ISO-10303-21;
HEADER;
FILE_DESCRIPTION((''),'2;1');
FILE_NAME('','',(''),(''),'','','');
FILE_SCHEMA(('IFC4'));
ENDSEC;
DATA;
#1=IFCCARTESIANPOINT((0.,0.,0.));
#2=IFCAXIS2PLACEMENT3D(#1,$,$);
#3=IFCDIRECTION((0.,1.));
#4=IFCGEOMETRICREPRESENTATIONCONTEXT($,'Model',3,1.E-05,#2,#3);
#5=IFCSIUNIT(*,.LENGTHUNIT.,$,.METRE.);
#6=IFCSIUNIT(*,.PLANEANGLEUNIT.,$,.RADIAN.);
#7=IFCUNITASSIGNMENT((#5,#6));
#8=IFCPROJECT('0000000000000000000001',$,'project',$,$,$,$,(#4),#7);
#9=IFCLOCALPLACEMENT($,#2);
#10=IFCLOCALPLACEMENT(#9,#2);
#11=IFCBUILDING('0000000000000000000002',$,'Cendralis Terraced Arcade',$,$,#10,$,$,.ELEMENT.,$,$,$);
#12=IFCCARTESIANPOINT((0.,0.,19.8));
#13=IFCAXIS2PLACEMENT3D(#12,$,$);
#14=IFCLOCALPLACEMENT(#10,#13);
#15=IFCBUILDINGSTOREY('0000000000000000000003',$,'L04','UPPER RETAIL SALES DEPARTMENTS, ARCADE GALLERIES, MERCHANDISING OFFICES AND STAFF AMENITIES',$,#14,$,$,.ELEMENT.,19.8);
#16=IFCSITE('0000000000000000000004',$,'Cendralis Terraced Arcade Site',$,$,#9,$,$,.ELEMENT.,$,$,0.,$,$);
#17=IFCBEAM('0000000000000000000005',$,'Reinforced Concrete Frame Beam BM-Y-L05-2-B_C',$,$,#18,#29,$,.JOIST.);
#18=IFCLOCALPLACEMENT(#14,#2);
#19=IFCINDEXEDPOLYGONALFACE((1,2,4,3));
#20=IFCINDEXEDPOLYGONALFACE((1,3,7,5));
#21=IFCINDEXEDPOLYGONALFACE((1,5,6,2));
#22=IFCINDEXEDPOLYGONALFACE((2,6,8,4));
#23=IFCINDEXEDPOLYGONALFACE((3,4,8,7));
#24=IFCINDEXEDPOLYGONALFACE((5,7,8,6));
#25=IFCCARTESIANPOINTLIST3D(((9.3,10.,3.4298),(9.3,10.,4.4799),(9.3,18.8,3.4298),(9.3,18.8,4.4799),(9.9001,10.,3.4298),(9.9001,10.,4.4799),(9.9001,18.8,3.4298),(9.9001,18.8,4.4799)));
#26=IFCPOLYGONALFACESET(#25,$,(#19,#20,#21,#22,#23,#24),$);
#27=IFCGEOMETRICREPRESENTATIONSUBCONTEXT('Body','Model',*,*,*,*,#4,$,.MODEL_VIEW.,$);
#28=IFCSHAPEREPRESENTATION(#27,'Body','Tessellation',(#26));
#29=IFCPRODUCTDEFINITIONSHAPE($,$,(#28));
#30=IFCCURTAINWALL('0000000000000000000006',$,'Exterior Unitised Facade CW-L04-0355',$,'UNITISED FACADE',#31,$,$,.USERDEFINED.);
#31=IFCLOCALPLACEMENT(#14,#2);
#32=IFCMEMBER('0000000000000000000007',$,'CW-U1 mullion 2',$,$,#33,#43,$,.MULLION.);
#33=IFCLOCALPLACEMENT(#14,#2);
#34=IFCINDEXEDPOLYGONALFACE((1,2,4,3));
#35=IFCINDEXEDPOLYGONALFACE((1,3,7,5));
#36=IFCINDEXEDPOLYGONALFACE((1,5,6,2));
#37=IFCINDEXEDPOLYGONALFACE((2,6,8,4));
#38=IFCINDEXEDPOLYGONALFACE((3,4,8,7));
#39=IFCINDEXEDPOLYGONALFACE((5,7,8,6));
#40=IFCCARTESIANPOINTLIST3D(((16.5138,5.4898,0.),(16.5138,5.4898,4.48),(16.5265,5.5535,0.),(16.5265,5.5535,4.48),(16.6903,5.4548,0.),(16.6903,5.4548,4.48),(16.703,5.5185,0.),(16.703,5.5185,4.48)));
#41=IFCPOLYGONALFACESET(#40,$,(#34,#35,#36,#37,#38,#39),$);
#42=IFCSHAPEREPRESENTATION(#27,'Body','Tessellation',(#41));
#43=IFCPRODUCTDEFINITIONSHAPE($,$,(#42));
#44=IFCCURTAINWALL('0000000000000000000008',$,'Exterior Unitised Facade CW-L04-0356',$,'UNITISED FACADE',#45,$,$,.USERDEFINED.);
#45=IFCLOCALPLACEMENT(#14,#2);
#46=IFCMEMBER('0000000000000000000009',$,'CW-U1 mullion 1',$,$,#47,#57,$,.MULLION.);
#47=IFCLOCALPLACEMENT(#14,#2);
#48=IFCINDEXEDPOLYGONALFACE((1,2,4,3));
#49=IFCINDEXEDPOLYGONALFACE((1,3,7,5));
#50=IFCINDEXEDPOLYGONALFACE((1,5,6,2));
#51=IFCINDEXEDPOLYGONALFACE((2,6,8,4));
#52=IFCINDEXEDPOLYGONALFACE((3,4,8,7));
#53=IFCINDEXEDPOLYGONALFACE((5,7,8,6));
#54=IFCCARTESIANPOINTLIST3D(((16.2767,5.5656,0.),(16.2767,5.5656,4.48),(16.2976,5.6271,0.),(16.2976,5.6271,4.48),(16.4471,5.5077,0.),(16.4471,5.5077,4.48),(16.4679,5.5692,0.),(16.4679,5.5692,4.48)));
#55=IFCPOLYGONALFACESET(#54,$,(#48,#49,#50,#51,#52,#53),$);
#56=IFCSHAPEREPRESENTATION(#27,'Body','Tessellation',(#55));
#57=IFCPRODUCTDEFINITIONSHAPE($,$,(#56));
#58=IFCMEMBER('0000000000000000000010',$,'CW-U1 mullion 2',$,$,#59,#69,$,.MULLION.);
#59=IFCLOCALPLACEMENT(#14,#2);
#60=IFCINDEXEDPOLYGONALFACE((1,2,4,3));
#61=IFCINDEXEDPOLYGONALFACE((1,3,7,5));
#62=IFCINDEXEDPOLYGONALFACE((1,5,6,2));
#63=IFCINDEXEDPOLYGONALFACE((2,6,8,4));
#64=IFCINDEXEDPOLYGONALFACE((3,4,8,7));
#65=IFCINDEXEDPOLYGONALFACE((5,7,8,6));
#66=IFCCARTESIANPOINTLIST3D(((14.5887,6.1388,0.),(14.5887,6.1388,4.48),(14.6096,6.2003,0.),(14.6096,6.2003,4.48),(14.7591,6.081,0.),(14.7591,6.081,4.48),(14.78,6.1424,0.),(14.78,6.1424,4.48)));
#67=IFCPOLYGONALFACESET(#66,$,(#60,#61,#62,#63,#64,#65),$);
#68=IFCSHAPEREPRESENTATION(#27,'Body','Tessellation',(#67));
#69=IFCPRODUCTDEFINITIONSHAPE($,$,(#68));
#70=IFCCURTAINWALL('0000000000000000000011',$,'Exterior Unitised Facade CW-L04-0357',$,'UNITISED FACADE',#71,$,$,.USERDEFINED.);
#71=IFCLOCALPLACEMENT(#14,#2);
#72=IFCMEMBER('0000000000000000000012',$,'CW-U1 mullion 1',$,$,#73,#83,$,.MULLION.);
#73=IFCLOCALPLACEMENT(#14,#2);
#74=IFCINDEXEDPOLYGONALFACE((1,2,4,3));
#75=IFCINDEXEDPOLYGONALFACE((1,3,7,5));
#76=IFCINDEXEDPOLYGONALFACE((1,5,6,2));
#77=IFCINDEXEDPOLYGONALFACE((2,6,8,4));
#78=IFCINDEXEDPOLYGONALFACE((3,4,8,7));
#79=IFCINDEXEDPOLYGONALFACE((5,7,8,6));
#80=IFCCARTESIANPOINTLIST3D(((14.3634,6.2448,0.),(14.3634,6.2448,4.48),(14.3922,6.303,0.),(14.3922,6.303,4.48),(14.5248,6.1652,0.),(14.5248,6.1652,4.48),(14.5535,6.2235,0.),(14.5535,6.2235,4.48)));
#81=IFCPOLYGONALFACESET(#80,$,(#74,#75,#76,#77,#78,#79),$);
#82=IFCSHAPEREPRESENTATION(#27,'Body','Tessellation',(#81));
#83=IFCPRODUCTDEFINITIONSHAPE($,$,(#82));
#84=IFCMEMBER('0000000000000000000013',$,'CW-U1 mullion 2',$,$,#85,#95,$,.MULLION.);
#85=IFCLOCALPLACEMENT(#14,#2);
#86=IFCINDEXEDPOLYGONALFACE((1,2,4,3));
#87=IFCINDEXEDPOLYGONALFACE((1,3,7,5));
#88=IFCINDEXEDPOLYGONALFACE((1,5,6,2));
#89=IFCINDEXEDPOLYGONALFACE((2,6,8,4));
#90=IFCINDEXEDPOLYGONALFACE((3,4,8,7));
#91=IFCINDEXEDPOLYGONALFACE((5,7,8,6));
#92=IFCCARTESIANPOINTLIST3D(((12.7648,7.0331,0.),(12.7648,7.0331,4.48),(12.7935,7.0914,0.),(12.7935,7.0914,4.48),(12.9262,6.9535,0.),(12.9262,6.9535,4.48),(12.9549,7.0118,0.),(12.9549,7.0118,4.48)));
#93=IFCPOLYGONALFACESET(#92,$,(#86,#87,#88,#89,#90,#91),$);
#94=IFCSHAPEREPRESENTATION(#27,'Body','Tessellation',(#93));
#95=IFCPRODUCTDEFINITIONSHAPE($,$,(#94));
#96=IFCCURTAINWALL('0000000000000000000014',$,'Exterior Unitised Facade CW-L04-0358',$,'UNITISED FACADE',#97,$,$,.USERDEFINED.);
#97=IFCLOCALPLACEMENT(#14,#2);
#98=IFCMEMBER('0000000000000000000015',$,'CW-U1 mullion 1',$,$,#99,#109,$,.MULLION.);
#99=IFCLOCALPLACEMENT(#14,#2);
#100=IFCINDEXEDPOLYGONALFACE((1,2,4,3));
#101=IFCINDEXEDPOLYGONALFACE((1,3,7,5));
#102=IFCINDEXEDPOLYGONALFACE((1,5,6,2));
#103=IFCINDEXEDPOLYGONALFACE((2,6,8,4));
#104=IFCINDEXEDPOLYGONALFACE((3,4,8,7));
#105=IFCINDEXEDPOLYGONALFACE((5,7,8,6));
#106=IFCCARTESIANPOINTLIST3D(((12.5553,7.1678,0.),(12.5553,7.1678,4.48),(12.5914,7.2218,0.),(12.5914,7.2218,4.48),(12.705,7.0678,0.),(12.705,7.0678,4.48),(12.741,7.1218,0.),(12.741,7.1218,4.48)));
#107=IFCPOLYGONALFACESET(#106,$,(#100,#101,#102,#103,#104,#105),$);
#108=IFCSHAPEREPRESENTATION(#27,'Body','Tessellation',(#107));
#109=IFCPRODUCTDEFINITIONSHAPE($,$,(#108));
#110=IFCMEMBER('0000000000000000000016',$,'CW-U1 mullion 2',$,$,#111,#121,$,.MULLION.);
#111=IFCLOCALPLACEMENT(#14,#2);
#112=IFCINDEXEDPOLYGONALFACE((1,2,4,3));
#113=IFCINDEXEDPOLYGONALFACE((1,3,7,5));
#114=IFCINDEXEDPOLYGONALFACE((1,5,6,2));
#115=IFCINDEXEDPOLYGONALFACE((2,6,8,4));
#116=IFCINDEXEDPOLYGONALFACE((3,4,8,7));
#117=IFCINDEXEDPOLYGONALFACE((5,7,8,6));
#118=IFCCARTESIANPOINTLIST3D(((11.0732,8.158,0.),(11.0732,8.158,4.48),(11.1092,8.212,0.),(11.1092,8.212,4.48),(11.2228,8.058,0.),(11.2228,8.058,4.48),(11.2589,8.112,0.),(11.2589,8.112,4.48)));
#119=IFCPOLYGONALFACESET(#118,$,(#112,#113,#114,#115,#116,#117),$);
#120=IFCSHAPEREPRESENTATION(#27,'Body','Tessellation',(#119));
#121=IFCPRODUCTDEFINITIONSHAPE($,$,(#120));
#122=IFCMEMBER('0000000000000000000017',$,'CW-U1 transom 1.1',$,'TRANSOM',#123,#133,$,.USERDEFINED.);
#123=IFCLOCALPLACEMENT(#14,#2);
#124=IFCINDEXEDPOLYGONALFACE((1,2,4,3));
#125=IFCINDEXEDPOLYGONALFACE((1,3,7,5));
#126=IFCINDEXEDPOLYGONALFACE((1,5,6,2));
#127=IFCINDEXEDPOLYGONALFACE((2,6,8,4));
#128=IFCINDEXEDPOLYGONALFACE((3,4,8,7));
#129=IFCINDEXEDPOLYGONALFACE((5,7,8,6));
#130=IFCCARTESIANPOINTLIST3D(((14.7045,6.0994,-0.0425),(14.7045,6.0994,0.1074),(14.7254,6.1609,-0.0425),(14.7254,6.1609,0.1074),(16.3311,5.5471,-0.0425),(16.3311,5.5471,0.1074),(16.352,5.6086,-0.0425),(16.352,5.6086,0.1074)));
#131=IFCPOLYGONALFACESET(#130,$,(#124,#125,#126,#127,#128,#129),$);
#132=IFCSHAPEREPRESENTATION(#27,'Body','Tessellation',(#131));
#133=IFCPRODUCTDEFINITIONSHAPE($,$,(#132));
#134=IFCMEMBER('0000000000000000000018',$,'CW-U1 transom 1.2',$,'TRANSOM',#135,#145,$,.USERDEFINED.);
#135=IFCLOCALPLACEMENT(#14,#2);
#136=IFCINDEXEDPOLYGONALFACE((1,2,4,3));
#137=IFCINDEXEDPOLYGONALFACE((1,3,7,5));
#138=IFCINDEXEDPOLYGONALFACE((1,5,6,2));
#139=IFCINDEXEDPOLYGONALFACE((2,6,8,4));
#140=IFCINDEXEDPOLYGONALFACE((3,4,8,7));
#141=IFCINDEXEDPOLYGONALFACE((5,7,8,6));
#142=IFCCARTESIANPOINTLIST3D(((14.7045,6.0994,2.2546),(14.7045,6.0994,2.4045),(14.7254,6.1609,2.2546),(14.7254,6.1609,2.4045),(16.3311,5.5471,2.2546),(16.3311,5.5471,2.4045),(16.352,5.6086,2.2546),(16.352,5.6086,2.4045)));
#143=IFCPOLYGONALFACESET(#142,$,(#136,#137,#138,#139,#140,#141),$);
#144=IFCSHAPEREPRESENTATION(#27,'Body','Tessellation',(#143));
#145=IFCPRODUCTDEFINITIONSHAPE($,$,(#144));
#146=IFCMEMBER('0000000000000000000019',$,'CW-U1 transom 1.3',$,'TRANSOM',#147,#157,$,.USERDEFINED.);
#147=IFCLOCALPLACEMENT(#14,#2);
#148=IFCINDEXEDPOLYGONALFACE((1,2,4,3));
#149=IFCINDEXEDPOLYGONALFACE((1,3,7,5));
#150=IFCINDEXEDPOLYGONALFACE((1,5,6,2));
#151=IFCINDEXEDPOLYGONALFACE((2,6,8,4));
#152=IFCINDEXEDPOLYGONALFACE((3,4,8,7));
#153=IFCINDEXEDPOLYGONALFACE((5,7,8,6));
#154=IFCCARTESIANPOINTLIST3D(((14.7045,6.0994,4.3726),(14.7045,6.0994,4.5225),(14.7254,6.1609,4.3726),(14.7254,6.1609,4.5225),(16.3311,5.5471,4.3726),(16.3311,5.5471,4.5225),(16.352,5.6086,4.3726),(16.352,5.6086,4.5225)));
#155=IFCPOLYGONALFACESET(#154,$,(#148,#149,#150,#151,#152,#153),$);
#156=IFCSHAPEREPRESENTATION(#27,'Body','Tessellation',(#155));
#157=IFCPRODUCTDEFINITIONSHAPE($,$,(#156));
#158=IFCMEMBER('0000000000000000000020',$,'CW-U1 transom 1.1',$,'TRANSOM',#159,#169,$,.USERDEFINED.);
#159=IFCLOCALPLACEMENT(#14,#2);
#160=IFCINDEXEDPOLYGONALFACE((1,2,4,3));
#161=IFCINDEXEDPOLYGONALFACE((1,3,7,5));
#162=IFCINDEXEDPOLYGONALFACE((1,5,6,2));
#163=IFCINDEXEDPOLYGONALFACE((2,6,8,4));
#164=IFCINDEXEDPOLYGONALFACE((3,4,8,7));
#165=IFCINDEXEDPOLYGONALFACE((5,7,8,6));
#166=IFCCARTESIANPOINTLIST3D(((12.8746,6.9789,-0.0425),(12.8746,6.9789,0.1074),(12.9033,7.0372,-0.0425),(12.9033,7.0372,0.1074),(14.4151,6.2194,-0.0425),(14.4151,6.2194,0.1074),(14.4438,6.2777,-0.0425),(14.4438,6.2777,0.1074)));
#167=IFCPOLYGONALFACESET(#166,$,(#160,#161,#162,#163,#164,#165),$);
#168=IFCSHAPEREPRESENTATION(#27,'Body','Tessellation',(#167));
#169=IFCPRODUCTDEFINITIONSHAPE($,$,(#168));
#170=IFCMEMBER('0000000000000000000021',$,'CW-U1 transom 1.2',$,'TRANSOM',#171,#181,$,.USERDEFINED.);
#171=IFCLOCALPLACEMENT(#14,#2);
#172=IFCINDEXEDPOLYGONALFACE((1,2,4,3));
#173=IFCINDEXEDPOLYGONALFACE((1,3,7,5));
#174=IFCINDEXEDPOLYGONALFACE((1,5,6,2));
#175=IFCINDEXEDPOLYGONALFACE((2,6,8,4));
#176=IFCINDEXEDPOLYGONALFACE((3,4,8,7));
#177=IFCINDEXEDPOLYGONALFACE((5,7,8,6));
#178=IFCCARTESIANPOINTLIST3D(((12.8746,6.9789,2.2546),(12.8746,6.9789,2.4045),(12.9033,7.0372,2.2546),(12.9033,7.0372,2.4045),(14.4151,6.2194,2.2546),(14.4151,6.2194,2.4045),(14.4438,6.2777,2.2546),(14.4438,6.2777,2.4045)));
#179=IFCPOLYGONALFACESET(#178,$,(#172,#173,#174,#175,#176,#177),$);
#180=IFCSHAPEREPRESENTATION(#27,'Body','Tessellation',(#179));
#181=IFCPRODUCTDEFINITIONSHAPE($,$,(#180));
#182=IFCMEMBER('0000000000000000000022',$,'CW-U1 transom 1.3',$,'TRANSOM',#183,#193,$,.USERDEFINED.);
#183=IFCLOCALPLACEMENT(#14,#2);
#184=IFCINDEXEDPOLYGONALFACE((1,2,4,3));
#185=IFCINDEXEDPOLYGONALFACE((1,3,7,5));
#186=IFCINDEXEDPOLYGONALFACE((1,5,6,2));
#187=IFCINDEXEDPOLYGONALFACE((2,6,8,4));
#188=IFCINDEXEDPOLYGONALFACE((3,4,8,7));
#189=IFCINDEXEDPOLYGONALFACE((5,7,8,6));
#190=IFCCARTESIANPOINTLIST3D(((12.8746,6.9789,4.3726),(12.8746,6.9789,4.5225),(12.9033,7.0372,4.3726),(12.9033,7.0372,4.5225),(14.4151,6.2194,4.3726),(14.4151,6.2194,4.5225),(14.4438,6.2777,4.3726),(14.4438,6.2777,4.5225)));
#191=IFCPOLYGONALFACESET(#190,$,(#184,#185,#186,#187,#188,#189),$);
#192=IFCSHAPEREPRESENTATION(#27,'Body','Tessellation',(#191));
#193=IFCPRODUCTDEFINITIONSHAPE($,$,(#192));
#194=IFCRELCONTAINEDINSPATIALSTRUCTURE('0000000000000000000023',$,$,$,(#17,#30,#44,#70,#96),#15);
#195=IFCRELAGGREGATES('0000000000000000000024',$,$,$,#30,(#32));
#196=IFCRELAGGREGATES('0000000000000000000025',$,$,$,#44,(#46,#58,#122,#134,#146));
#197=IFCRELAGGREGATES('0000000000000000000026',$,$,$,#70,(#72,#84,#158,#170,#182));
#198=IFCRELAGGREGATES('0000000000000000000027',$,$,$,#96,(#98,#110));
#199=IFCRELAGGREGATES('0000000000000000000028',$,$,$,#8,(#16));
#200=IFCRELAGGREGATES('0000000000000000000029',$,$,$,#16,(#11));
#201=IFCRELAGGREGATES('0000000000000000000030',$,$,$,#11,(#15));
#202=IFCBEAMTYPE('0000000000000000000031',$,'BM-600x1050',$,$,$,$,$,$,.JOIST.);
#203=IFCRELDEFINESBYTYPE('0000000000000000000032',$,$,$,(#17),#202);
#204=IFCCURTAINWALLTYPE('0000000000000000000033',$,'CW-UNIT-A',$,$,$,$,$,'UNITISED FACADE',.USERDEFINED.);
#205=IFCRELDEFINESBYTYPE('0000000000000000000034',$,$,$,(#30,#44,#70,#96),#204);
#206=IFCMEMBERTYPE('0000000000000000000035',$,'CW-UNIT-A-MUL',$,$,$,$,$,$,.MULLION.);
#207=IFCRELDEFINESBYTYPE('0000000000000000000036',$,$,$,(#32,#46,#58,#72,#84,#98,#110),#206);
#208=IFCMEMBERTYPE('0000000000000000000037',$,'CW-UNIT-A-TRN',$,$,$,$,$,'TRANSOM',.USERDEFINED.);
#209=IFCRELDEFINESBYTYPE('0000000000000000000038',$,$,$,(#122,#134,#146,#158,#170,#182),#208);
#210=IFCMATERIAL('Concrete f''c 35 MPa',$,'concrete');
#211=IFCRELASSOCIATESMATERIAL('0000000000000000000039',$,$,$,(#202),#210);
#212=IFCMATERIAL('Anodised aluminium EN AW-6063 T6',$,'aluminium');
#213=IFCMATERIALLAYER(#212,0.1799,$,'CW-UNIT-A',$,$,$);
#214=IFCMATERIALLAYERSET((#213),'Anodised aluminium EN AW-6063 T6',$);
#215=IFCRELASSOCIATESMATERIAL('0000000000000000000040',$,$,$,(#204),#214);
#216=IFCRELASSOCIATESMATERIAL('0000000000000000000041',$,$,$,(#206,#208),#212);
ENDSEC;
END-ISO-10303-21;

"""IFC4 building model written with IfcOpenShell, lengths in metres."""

from ifc_helpers import new_model, si_unit, direction, frame, origin, origin_2d, place, context, subcontext, project, spatial, rectangle, extrude, material, layer, layer_set, material_profile, profile_set, type_object, element, aggregate, save


model = new_model("IFC4")

# Units and contexts
model_context = context("Model", 3, precision=1e-05, world=origin(), true_north=direction((0.0, 1.0)))
body_context = subcontext(model_context, "Body", "Model", "MODEL_VIEW")
ifc_project = project(units=[si_unit("LENGTHUNIT", "METRE"), si_unit("PLANEANGLEUNIT", "RADIAN")], contexts=[model_context])

# Site, building, storey
site_placement = place(None, origin())
site = spatial("IfcSite", under=ifc_project, at=site_placement, Name="Cendralis Terraced Arcade Site", CompositionType="ELEMENT", RefElevation=0.0)
building_placement = place(site_placement, origin())
building = spatial("IfcBuilding", under=site, at=building_placement, Name="Cendralis Terraced Arcade", CompositionType="ELEMENT")
storey_placement = place(building_placement, frame((0.0, 0.0, 19.8)))
storey = spatial("IfcBuildingStorey", under=building, at=storey_placement, Name="L04", Description="UPPER RETAIL SALES DEPARTMENTS, ARCADE GALLERIES, MERCHANDISING OFFICES AND STAFF AMENITIES", CompositionType="ELEMENT", Elevation=19.8)

# Beam
ifc_material_1 = material(Name="Concrete f'c 35 MPa", Category="concrete")
ifc_material_profile_1 = material_profile(ifc_material_1, rectangle(XDim=0.6001, YDim=1.05, at=origin_2d()), Name="RC-BM-600x1050", Category="LoadBearing")
ifc_profile_set_1 = profile_set([ifc_material_profile_1], Name="Concrete f'c 35 MPa")
beam_type = type_object("IfcBeamType", Name="BM-600x1050", PredefinedType="JOIST", material=ifc_profile_set_1)
beam_placement = place(storey_placement, frame((9.6001, 10.0, 3.9548), z_axis=(0.0, 1.0, 0.0), x_axis=(-1.0, 0.0, 0.0)))
element("IfcBeam", 1, at=beam_placement, inside=storey, type_object=beam_type, Name="Reinforced Concrete Frame Beam BM-Y-L05-2-B_C", PredefinedType="JOIST", context=body_context, shape_type="SweptSolid", body=[
    extrude(rectangle(XDim=0.6001, YDim=1.05, at=origin_2d()), origin(), (0.0, 0.0, 1.0), 8.8),
])

# Curtain wall, member
ifc_material_2 = material(Name="Anodised aluminium EN AW-6063 T6", Category="aluminium")
ifc_layer_1 = layer(ifc_material_2, 0.1799, Name="CW-UNIT-A")
ifc_layer_set_1 = layer_set([ifc_layer_1], Name="Anodised aluminium EN AW-6063 T6")
curtain_wall_type = type_object("IfcCurtainWallType", Name="CW-UNIT-A", ElementType="UNITISED FACADE", PredefinedType="USERDEFINED", material=ifc_layer_set_1)
curtain_wall_1_placement = place(storey_placement, origin())
curtain_wall_1 = element("IfcCurtainWall", 2, at=curtain_wall_1_placement, inside=storey, type_object=curtain_wall_type, Name="Exterior Unitised Facade CW-L04-0355", ObjectType="UNITISED FACADE", PredefinedType="USERDEFINED")
ifc_material_profile_2 = material_profile(ifc_material_2, rectangle(XDim=0.0649, YDim=0.1799, at=origin_2d()), Name="ALU-MUL-65x180")
ifc_profile_set_2 = profile_set([ifc_material_profile_2], Name="Anodised aluminium EN AW-6063 T6")
member_type_1 = type_object("IfcMemberType", Name="CW-UNIT-A-MUL", PredefinedType="MULLION", material=ifc_profile_set_2)
member_1_placement = place(storey_placement, frame((16.6084, 5.5042, 0.0), z_axis=(0.0, 0.0, 1.0), x_axis=(-0.195033, -0.980797, 0.0)))
member_1 = element("IfcMember", 3, at=member_1_placement, type_object=member_type_1, Name="CW-U1 mullion 2", PredefinedType="MULLION", context=body_context, shape_type="SweptSolid", body=[
    extrude(rectangle(XDim=0.0649, YDim=0.1799, at=origin_2d()), origin(), (0.0, 0.0, 1.0), 4.48),
])

# Curtain walls, members
curtain_wall_2_placement = place(storey_placement, origin())
curtain_wall_2 = element("IfcCurtainWall", 4, at=curtain_wall_2_placement, inside=storey, type_object=curtain_wall_type, Name="Exterior Unitised Facade CW-L04-0356", ObjectType="UNITISED FACADE", PredefinedType="USERDEFINED")
member_2_placement = place(storey_placement, frame((16.3723, 5.5674, 0.0), z_axis=(0.0, 0.0, 1.0), x_axis=(-0.3215, -0.94691, 0.0)))
member_2 = element("IfcMember", 5, at=member_2_placement, type_object=member_type_1, Name="CW-U1 mullion 1", PredefinedType="MULLION", context=body_context, shape_type="SweptSolid", body=[
    extrude(rectangle(XDim=0.0649, YDim=0.1799, at=origin_2d()), origin(), (0.0, 0.0, 1.0), 4.48),
])
member_3_placement = place(storey_placement, frame((14.6843, 6.1406, 0.0), z_axis=(0.0, 0.0, 1.0), x_axis=(-0.3215, -0.94691, 0.0)))
member_3 = element("IfcMember", 6, at=member_3_placement, type_object=member_type_1, Name="CW-U1 mullion 2", PredefinedType="MULLION", context=body_context, shape_type="SweptSolid", body=[
    extrude(rectangle(XDim=0.0649, YDim=0.1799, at=origin_2d()), origin(), (0.0, 0.0, 1.0), 4.48),
])
curtain_wall_3_placement = place(storey_placement, origin())
curtain_wall_3 = element("IfcCurtainWall", 7, at=curtain_wall_3_placement, inside=storey, type_object=curtain_wall_type, Name="Exterior Unitised Facade CW-L04-0357", ObjectType="UNITISED FACADE", PredefinedType="USERDEFINED")
member_4_placement = place(storey_placement, frame((14.4585, 6.2341, 0.0), z_axis=(0.0, 0.0, 1.0), x_axis=(-0.44227, -0.896882, 0.0)))
member_4 = element("IfcMember", 8, at=member_4_placement, type_object=member_type_1, Name="CW-U1 mullion 1", PredefinedType="MULLION", context=body_context, shape_type="SweptSolid", body=[
    extrude(rectangle(XDim=0.0649, YDim=0.1799, at=origin_2d()), origin(), (0.0, 0.0, 1.0), 4.48),
])
member_5_placement = place(storey_placement, frame((12.8599, 7.0225, 0.0), z_axis=(0.0, 0.0, 1.0), x_axis=(-0.44227, -0.896882, 0.0)))
member_5 = element("IfcMember", 9, at=member_5_placement, type_object=member_type_1, Name="CW-U1 mullion 2", PredefinedType="MULLION", context=body_context, shape_type="SweptSolid", body=[
    extrude(rectangle(XDim=0.0649, YDim=0.1799, at=origin_2d()), origin(), (0.0, 0.0, 1.0), 4.48),
])
curtain_wall_4_placement = place(storey_placement, origin())
curtain_wall_4 = element("IfcCurtainWall", 10, at=curtain_wall_4_placement, inside=storey, type_object=curtain_wall_type, Name="Exterior Unitised Facade CW-L04-0358", ObjectType="UNITISED FACADE", PredefinedType="USERDEFINED")
member_6_placement = place(storey_placement, frame((12.6482, 7.1448, 0.0), z_axis=(0.0, 0.0, 1.0), x_axis=(-0.555549, -0.831484, 0.0)))
member_6 = element("IfcMember", 11, at=member_6_placement, type_object=member_type_1, Name="CW-U1 mullion 1", PredefinedType="MULLION", context=body_context, shape_type="SweptSolid", body=[
    extrude(rectangle(XDim=0.0649, YDim=0.1799, at=origin_2d()), origin(), (0.0, 0.0, 1.0), 4.48),
])
member_7_placement = place(storey_placement, frame((11.166, 8.135, 0.0), z_axis=(0.0, 0.0, 1.0), x_axis=(-0.555549, -0.831484, 0.0)))
member_7 = element("IfcMember", 12, at=member_7_placement, type_object=member_type_1, Name="CW-U1 mullion 2", PredefinedType="MULLION", context=body_context, shape_type="SweptSolid", body=[
    extrude(rectangle(XDim=0.0649, YDim=0.1799, at=origin_2d()), origin(), (0.0, 0.0, 1.0), 4.48),
])

# Members
ifc_material_profile_3 = material_profile(ifc_material_2, rectangle(XDim=0.0649, YDim=0.1499, at=origin_2d()), Name="ALU-TRN-65x150")
ifc_profile_set_3 = profile_set([ifc_material_profile_3], Name="Anodised aluminium EN AW-6063 T6")
member_type_2 = type_object("IfcMemberType", Name="CW-UNIT-A-TRN", ElementType="TRANSOM", PredefinedType="USERDEFINED", material=ifc_profile_set_3)
member_8_placement = place(storey_placement, frame((16.3416, 5.5779, 0.0325), z_axis=(-0.946906, 0.32151, 0.0), x_axis=(-0.32151, -0.946906, 0.0)))
member_8 = element("IfcMember", 13, at=member_8_placement, type_object=member_type_2, Name="CW-U1 transom 1.1", ObjectType="TRANSOM", PredefinedType="USERDEFINED", context=body_context, shape_type="SweptSolid", body=[
    extrude(rectangle(XDim=0.0649, YDim=0.1499, at=origin_2d()), origin(), (0.0, 0.0, 1.0), 1.7178),
])
member_9_placement = place(storey_placement, frame((16.3416, 5.5779, 2.3296), z_axis=(-0.946906, 0.32151, 0.0), x_axis=(-0.32151, -0.946906, 0.0)))
member_9 = element("IfcMember", 14, at=member_9_placement, type_object=member_type_2, Name="CW-U1 transom 1.2", ObjectType="TRANSOM", PredefinedType="USERDEFINED", context=body_context, shape_type="SweptSolid", body=[
    extrude(rectangle(XDim=0.0649, YDim=0.1499, at=origin_2d()), origin(), (0.0, 0.0, 1.0), 1.7178),
])
member_10_placement = place(storey_placement, frame((16.3416, 5.5779, 4.4475), z_axis=(-0.946906, 0.32151, 0.0), x_axis=(-0.32151, -0.946906, 0.0)))
member_10 = element("IfcMember", 15, at=member_10_placement, type_object=member_type_2, Name="CW-U1 transom 1.3", ObjectType="TRANSOM", PredefinedType="USERDEFINED", context=body_context, shape_type="SweptSolid", body=[
    extrude(rectangle(XDim=0.0649, YDim=0.1499, at=origin_2d()), origin(), (0.0, 0.0, 1.0), 1.7178),
])
member_11_placement = place(storey_placement, frame((14.4294, 6.2485, 0.0325), z_axis=(-0.896915, 0.442203, 0.0), x_axis=(-0.442203, -0.896915, 0.0)))
member_11 = element("IfcMember", 16, at=member_11_placement, type_object=member_type_2, Name="CW-U1 transom 1.1", ObjectType="TRANSOM", PredefinedType="USERDEFINED", context=body_context, shape_type="SweptSolid", body=[
    extrude(rectangle(XDim=0.0649, YDim=0.1499, at=origin_2d()), origin(), (0.0, 0.0, 1.0), 1.7175),
])
member_12_placement = place(storey_placement, frame((14.4294, 6.2485, 2.3296), z_axis=(-0.896915, 0.442203, 0.0), x_axis=(-0.442203, -0.896915, 0.0)))
member_12 = element("IfcMember", 17, at=member_12_placement, type_object=member_type_2, Name="CW-U1 transom 1.2", ObjectType="TRANSOM", PredefinedType="USERDEFINED", context=body_context, shape_type="SweptSolid", body=[
    extrude(rectangle(XDim=0.0649, YDim=0.1499, at=origin_2d()), origin(), (0.0, 0.0, 1.0), 1.7175),
])
member_13_placement = place(storey_placement, frame((14.4294, 6.2485, 4.4475), z_axis=(-0.896915, 0.442203, 0.0), x_axis=(-0.442203, -0.896915, 0.0)))
member_13 = element("IfcMember", 18, at=member_13_placement, type_object=member_type_2, Name="CW-U1 transom 1.3", ObjectType="TRANSOM", PredefinedType="USERDEFINED", context=body_context, shape_type="SweptSolid", body=[
    extrude(rectangle(XDim=0.0649, YDim=0.1499, at=origin_2d()), origin(), (0.0, 0.0, 1.0), 1.7175),
])

aggregate(curtain_wall_1, [member_1])
aggregate(curtain_wall_2, [member_2, member_3, member_8, member_9, member_10])
aggregate(curtain_wall_3, [member_4, member_5, member_11, member_12, member_13])
aggregate(curtain_wall_4, [member_6, member_7])

save(model, "model.ifc")
